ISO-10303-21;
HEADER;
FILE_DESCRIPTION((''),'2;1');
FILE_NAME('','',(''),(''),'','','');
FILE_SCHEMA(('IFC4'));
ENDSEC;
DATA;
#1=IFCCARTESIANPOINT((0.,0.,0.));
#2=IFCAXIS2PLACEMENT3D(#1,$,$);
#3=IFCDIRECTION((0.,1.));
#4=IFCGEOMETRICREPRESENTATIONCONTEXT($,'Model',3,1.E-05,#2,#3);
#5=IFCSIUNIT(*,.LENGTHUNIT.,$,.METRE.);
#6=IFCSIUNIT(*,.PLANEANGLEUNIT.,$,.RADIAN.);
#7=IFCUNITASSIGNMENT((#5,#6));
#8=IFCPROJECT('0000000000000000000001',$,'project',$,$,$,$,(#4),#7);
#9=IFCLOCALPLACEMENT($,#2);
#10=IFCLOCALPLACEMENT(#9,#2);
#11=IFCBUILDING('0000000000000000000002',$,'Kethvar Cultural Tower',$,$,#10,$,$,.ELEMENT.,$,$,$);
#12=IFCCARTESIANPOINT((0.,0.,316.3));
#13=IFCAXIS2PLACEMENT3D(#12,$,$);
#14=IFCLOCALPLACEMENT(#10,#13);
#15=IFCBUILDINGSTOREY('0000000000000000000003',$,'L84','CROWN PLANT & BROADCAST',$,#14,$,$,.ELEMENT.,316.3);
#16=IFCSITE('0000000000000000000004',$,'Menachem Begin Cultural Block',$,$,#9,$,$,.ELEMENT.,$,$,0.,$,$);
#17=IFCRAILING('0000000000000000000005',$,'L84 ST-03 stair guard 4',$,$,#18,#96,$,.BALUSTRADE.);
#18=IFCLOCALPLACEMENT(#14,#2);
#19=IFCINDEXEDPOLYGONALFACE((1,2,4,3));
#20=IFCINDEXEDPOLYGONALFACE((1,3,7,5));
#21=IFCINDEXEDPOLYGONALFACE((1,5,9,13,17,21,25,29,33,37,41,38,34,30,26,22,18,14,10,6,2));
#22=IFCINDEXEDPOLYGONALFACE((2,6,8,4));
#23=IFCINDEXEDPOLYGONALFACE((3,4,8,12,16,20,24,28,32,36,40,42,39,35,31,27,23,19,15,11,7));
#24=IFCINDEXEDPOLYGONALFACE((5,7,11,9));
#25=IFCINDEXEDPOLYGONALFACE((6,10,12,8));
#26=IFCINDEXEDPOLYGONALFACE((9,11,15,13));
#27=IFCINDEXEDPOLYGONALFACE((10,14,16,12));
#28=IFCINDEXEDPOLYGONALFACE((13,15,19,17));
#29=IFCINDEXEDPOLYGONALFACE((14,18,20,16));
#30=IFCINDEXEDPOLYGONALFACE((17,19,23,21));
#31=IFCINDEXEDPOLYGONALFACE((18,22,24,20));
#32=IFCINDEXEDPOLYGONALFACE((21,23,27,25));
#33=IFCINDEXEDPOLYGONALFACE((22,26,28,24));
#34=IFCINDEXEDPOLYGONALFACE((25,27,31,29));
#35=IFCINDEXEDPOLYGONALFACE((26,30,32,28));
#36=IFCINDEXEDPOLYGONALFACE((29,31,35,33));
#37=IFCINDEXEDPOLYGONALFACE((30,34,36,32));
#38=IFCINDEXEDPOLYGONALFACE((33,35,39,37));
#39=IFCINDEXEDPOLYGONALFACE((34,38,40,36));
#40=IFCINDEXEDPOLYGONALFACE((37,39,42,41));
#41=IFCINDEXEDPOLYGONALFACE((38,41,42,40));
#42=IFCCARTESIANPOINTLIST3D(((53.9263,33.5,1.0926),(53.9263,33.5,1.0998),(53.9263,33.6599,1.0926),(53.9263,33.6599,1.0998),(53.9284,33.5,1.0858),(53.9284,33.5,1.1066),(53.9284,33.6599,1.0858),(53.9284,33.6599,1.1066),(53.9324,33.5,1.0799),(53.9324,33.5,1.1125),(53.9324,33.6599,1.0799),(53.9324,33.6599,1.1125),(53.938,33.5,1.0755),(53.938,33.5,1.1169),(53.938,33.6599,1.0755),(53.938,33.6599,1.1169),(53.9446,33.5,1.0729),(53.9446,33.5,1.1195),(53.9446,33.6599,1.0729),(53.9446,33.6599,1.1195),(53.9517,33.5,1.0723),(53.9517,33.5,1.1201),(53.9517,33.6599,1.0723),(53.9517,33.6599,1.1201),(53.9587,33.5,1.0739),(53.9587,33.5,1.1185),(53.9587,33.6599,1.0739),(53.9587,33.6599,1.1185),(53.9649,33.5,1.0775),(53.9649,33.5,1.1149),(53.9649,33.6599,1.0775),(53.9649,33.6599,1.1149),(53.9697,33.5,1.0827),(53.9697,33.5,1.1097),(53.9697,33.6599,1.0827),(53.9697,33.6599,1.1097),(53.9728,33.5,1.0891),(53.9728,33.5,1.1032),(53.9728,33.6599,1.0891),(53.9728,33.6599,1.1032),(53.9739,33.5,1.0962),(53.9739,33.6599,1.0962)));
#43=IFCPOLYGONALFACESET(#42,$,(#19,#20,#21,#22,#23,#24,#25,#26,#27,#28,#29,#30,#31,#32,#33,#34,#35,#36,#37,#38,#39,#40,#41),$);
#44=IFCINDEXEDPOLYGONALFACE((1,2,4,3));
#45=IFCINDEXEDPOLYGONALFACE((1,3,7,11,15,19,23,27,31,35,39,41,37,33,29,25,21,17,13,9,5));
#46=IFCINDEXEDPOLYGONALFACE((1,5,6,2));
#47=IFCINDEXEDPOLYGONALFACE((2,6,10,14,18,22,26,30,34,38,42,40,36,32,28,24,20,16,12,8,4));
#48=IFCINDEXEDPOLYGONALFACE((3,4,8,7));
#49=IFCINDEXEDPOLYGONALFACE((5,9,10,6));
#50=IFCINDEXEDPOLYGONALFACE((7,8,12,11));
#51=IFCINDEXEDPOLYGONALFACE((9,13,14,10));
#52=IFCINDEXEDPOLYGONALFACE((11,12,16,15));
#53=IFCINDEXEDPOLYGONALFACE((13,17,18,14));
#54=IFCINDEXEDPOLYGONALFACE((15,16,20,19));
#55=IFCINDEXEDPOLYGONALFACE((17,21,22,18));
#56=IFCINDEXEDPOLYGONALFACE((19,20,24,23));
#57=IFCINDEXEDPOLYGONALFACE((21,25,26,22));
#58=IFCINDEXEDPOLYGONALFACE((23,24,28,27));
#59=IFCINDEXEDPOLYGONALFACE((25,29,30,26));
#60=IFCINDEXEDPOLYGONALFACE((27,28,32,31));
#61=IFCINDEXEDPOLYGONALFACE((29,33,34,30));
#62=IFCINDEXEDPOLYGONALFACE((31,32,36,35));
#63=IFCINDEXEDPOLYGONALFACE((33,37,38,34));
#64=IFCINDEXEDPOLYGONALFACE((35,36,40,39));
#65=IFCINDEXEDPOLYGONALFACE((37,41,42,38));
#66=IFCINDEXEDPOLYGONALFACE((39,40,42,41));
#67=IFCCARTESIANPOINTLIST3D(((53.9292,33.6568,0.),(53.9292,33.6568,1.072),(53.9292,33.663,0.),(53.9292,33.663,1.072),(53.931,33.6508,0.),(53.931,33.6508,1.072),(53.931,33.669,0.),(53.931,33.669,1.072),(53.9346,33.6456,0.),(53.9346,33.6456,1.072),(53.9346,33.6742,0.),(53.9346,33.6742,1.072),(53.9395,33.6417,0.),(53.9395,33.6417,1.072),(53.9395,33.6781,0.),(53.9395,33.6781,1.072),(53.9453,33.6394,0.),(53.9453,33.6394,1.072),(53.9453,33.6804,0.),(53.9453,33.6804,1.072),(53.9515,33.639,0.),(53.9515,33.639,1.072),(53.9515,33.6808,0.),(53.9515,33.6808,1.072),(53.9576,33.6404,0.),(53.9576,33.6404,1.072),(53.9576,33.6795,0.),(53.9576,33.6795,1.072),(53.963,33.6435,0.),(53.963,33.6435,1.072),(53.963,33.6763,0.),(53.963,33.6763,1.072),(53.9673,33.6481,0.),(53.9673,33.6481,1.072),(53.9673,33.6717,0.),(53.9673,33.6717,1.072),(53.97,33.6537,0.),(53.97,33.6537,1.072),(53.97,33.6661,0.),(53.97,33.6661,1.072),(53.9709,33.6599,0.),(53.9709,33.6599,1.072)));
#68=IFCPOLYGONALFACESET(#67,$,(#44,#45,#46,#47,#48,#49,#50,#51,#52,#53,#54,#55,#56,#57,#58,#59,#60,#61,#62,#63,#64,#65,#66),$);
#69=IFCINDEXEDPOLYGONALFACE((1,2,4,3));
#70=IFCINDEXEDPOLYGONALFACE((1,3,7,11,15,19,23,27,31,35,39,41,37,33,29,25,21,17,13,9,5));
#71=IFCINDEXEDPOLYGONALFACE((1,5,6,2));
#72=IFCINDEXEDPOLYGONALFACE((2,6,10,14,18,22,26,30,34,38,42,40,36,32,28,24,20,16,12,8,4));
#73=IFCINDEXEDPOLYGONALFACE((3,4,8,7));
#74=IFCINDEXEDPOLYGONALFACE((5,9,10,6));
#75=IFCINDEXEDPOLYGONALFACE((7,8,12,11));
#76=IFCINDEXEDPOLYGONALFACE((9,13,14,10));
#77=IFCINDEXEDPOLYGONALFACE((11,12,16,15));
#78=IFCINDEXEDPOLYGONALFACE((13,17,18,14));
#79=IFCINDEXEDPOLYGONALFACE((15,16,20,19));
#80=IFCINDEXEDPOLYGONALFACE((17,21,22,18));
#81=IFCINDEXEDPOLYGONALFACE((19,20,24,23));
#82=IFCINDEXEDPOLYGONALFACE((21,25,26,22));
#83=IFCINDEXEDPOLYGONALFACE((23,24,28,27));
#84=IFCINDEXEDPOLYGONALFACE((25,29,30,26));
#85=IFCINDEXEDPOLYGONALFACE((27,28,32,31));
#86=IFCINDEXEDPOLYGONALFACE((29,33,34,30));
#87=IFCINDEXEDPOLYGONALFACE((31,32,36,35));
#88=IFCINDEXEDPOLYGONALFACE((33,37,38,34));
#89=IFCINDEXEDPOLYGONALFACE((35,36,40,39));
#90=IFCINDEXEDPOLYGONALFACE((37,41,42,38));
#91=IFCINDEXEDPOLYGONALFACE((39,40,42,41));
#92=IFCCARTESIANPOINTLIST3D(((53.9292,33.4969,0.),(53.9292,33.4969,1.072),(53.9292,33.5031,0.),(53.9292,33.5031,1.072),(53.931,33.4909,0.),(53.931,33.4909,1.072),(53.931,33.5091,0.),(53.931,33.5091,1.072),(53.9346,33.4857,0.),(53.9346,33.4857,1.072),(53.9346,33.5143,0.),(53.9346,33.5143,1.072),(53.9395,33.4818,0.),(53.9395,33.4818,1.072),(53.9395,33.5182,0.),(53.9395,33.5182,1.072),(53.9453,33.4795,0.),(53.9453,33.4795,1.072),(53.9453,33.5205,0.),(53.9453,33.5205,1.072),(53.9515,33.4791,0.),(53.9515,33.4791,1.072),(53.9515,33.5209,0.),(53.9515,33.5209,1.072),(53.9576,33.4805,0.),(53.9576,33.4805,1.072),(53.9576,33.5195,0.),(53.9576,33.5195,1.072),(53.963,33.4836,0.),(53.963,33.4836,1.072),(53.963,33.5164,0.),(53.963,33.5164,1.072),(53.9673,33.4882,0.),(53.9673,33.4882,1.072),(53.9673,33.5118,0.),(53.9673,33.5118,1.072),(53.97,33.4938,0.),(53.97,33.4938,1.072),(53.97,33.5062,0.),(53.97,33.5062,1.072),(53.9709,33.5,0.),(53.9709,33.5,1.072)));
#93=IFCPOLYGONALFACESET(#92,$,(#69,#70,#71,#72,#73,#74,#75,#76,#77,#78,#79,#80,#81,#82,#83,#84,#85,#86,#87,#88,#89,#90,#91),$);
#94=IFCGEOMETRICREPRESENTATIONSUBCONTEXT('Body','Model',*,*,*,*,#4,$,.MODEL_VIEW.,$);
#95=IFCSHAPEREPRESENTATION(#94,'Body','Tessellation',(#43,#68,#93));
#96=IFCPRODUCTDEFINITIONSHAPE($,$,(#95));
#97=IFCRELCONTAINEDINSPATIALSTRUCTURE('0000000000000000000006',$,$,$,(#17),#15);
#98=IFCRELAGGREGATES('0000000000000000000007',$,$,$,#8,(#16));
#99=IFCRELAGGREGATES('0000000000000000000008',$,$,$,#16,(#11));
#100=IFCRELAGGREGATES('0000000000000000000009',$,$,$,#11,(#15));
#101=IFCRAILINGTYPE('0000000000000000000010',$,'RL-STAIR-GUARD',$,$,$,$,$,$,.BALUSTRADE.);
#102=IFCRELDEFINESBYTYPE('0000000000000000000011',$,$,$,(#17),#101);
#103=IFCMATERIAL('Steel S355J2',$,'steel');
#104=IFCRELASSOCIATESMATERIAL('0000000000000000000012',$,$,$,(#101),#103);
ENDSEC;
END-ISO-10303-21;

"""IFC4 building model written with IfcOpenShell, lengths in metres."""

from ifc_helpers import new_model, si_unit, direction, frame, origin, origin_2d, place, context, subcontext, project, spatial, circle, extrude, material, type_object, element, save


model = new_model("IFC4")

# Units and contexts
model_context = context("Model", 3, precision=1e-05, world=origin(), true_north=direction((0.0, 1.0)))
body_context = subcontext(model_context, "Body", "Model", "MODEL_VIEW")
ifc_project = project(units=[si_unit("LENGTHUNIT", "METRE"), si_unit("PLANEANGLEUNIT", "RADIAN")], contexts=[model_context])

# Site, building, storey
site_placement = place(None, origin())
site = spatial("IfcSite", under=ifc_project, at=site_placement, Name="Menachem Begin Cultural Block", CompositionType="ELEMENT", RefElevation=0.0)
building_placement = place(site_placement, origin())
building = spatial("IfcBuilding", under=site, at=building_placement, Name="Kethvar Cultural Tower", CompositionType="ELEMENT")
storey_placement = place(building_placement, frame((0.0, 0.0, 316.3)))
storey = spatial("IfcBuildingStorey", under=building, at=storey_placement, Name="L84", Description="CROWN PLANT & BROADCAST", CompositionType="ELEMENT", Elevation=316.3)

# Shared definitions
ifc_material_1 = material(Name="Steel S355J2", Category="steel")

# Railing
railing_type_1 = type_object("IfcRailingType", Name="RL-STAIR-GUARD", PredefinedType="BALUSTRADE", material=ifc_material_1)
railing_1_placement = place(storey_placement, frame((53.95, 33.6599, 0.0)))
element("IfcRailing", 1, at=railing_1_placement, inside=storey, type_object=railing_type_1, Name="L84 ST-03 stair guard 4", PredefinedType="BALUSTRADE", context=body_context, shape_type="SweptSolid", body=[
    extrude(circle(Radius=0.0239, at=origin_2d()), frame((0.0, 0.0, 1.0962), z_axis=(0.0, -1.0, 0.0), x_axis=(1.0, 0.0, 0.0)), (0.0, 0.0, 1.0), 0.1599),
    extrude(circle(Radius=0.021, at=origin_2d()), origin(), (0.0, 0.0, 1.0), 1.072),
    extrude(circle(Radius=0.021, at=origin_2d()), frame((0.0, -0.1599, 0.0)), (0.0, 0.0, 1.0), 1.072),
])

save(model, "model.ifc")
